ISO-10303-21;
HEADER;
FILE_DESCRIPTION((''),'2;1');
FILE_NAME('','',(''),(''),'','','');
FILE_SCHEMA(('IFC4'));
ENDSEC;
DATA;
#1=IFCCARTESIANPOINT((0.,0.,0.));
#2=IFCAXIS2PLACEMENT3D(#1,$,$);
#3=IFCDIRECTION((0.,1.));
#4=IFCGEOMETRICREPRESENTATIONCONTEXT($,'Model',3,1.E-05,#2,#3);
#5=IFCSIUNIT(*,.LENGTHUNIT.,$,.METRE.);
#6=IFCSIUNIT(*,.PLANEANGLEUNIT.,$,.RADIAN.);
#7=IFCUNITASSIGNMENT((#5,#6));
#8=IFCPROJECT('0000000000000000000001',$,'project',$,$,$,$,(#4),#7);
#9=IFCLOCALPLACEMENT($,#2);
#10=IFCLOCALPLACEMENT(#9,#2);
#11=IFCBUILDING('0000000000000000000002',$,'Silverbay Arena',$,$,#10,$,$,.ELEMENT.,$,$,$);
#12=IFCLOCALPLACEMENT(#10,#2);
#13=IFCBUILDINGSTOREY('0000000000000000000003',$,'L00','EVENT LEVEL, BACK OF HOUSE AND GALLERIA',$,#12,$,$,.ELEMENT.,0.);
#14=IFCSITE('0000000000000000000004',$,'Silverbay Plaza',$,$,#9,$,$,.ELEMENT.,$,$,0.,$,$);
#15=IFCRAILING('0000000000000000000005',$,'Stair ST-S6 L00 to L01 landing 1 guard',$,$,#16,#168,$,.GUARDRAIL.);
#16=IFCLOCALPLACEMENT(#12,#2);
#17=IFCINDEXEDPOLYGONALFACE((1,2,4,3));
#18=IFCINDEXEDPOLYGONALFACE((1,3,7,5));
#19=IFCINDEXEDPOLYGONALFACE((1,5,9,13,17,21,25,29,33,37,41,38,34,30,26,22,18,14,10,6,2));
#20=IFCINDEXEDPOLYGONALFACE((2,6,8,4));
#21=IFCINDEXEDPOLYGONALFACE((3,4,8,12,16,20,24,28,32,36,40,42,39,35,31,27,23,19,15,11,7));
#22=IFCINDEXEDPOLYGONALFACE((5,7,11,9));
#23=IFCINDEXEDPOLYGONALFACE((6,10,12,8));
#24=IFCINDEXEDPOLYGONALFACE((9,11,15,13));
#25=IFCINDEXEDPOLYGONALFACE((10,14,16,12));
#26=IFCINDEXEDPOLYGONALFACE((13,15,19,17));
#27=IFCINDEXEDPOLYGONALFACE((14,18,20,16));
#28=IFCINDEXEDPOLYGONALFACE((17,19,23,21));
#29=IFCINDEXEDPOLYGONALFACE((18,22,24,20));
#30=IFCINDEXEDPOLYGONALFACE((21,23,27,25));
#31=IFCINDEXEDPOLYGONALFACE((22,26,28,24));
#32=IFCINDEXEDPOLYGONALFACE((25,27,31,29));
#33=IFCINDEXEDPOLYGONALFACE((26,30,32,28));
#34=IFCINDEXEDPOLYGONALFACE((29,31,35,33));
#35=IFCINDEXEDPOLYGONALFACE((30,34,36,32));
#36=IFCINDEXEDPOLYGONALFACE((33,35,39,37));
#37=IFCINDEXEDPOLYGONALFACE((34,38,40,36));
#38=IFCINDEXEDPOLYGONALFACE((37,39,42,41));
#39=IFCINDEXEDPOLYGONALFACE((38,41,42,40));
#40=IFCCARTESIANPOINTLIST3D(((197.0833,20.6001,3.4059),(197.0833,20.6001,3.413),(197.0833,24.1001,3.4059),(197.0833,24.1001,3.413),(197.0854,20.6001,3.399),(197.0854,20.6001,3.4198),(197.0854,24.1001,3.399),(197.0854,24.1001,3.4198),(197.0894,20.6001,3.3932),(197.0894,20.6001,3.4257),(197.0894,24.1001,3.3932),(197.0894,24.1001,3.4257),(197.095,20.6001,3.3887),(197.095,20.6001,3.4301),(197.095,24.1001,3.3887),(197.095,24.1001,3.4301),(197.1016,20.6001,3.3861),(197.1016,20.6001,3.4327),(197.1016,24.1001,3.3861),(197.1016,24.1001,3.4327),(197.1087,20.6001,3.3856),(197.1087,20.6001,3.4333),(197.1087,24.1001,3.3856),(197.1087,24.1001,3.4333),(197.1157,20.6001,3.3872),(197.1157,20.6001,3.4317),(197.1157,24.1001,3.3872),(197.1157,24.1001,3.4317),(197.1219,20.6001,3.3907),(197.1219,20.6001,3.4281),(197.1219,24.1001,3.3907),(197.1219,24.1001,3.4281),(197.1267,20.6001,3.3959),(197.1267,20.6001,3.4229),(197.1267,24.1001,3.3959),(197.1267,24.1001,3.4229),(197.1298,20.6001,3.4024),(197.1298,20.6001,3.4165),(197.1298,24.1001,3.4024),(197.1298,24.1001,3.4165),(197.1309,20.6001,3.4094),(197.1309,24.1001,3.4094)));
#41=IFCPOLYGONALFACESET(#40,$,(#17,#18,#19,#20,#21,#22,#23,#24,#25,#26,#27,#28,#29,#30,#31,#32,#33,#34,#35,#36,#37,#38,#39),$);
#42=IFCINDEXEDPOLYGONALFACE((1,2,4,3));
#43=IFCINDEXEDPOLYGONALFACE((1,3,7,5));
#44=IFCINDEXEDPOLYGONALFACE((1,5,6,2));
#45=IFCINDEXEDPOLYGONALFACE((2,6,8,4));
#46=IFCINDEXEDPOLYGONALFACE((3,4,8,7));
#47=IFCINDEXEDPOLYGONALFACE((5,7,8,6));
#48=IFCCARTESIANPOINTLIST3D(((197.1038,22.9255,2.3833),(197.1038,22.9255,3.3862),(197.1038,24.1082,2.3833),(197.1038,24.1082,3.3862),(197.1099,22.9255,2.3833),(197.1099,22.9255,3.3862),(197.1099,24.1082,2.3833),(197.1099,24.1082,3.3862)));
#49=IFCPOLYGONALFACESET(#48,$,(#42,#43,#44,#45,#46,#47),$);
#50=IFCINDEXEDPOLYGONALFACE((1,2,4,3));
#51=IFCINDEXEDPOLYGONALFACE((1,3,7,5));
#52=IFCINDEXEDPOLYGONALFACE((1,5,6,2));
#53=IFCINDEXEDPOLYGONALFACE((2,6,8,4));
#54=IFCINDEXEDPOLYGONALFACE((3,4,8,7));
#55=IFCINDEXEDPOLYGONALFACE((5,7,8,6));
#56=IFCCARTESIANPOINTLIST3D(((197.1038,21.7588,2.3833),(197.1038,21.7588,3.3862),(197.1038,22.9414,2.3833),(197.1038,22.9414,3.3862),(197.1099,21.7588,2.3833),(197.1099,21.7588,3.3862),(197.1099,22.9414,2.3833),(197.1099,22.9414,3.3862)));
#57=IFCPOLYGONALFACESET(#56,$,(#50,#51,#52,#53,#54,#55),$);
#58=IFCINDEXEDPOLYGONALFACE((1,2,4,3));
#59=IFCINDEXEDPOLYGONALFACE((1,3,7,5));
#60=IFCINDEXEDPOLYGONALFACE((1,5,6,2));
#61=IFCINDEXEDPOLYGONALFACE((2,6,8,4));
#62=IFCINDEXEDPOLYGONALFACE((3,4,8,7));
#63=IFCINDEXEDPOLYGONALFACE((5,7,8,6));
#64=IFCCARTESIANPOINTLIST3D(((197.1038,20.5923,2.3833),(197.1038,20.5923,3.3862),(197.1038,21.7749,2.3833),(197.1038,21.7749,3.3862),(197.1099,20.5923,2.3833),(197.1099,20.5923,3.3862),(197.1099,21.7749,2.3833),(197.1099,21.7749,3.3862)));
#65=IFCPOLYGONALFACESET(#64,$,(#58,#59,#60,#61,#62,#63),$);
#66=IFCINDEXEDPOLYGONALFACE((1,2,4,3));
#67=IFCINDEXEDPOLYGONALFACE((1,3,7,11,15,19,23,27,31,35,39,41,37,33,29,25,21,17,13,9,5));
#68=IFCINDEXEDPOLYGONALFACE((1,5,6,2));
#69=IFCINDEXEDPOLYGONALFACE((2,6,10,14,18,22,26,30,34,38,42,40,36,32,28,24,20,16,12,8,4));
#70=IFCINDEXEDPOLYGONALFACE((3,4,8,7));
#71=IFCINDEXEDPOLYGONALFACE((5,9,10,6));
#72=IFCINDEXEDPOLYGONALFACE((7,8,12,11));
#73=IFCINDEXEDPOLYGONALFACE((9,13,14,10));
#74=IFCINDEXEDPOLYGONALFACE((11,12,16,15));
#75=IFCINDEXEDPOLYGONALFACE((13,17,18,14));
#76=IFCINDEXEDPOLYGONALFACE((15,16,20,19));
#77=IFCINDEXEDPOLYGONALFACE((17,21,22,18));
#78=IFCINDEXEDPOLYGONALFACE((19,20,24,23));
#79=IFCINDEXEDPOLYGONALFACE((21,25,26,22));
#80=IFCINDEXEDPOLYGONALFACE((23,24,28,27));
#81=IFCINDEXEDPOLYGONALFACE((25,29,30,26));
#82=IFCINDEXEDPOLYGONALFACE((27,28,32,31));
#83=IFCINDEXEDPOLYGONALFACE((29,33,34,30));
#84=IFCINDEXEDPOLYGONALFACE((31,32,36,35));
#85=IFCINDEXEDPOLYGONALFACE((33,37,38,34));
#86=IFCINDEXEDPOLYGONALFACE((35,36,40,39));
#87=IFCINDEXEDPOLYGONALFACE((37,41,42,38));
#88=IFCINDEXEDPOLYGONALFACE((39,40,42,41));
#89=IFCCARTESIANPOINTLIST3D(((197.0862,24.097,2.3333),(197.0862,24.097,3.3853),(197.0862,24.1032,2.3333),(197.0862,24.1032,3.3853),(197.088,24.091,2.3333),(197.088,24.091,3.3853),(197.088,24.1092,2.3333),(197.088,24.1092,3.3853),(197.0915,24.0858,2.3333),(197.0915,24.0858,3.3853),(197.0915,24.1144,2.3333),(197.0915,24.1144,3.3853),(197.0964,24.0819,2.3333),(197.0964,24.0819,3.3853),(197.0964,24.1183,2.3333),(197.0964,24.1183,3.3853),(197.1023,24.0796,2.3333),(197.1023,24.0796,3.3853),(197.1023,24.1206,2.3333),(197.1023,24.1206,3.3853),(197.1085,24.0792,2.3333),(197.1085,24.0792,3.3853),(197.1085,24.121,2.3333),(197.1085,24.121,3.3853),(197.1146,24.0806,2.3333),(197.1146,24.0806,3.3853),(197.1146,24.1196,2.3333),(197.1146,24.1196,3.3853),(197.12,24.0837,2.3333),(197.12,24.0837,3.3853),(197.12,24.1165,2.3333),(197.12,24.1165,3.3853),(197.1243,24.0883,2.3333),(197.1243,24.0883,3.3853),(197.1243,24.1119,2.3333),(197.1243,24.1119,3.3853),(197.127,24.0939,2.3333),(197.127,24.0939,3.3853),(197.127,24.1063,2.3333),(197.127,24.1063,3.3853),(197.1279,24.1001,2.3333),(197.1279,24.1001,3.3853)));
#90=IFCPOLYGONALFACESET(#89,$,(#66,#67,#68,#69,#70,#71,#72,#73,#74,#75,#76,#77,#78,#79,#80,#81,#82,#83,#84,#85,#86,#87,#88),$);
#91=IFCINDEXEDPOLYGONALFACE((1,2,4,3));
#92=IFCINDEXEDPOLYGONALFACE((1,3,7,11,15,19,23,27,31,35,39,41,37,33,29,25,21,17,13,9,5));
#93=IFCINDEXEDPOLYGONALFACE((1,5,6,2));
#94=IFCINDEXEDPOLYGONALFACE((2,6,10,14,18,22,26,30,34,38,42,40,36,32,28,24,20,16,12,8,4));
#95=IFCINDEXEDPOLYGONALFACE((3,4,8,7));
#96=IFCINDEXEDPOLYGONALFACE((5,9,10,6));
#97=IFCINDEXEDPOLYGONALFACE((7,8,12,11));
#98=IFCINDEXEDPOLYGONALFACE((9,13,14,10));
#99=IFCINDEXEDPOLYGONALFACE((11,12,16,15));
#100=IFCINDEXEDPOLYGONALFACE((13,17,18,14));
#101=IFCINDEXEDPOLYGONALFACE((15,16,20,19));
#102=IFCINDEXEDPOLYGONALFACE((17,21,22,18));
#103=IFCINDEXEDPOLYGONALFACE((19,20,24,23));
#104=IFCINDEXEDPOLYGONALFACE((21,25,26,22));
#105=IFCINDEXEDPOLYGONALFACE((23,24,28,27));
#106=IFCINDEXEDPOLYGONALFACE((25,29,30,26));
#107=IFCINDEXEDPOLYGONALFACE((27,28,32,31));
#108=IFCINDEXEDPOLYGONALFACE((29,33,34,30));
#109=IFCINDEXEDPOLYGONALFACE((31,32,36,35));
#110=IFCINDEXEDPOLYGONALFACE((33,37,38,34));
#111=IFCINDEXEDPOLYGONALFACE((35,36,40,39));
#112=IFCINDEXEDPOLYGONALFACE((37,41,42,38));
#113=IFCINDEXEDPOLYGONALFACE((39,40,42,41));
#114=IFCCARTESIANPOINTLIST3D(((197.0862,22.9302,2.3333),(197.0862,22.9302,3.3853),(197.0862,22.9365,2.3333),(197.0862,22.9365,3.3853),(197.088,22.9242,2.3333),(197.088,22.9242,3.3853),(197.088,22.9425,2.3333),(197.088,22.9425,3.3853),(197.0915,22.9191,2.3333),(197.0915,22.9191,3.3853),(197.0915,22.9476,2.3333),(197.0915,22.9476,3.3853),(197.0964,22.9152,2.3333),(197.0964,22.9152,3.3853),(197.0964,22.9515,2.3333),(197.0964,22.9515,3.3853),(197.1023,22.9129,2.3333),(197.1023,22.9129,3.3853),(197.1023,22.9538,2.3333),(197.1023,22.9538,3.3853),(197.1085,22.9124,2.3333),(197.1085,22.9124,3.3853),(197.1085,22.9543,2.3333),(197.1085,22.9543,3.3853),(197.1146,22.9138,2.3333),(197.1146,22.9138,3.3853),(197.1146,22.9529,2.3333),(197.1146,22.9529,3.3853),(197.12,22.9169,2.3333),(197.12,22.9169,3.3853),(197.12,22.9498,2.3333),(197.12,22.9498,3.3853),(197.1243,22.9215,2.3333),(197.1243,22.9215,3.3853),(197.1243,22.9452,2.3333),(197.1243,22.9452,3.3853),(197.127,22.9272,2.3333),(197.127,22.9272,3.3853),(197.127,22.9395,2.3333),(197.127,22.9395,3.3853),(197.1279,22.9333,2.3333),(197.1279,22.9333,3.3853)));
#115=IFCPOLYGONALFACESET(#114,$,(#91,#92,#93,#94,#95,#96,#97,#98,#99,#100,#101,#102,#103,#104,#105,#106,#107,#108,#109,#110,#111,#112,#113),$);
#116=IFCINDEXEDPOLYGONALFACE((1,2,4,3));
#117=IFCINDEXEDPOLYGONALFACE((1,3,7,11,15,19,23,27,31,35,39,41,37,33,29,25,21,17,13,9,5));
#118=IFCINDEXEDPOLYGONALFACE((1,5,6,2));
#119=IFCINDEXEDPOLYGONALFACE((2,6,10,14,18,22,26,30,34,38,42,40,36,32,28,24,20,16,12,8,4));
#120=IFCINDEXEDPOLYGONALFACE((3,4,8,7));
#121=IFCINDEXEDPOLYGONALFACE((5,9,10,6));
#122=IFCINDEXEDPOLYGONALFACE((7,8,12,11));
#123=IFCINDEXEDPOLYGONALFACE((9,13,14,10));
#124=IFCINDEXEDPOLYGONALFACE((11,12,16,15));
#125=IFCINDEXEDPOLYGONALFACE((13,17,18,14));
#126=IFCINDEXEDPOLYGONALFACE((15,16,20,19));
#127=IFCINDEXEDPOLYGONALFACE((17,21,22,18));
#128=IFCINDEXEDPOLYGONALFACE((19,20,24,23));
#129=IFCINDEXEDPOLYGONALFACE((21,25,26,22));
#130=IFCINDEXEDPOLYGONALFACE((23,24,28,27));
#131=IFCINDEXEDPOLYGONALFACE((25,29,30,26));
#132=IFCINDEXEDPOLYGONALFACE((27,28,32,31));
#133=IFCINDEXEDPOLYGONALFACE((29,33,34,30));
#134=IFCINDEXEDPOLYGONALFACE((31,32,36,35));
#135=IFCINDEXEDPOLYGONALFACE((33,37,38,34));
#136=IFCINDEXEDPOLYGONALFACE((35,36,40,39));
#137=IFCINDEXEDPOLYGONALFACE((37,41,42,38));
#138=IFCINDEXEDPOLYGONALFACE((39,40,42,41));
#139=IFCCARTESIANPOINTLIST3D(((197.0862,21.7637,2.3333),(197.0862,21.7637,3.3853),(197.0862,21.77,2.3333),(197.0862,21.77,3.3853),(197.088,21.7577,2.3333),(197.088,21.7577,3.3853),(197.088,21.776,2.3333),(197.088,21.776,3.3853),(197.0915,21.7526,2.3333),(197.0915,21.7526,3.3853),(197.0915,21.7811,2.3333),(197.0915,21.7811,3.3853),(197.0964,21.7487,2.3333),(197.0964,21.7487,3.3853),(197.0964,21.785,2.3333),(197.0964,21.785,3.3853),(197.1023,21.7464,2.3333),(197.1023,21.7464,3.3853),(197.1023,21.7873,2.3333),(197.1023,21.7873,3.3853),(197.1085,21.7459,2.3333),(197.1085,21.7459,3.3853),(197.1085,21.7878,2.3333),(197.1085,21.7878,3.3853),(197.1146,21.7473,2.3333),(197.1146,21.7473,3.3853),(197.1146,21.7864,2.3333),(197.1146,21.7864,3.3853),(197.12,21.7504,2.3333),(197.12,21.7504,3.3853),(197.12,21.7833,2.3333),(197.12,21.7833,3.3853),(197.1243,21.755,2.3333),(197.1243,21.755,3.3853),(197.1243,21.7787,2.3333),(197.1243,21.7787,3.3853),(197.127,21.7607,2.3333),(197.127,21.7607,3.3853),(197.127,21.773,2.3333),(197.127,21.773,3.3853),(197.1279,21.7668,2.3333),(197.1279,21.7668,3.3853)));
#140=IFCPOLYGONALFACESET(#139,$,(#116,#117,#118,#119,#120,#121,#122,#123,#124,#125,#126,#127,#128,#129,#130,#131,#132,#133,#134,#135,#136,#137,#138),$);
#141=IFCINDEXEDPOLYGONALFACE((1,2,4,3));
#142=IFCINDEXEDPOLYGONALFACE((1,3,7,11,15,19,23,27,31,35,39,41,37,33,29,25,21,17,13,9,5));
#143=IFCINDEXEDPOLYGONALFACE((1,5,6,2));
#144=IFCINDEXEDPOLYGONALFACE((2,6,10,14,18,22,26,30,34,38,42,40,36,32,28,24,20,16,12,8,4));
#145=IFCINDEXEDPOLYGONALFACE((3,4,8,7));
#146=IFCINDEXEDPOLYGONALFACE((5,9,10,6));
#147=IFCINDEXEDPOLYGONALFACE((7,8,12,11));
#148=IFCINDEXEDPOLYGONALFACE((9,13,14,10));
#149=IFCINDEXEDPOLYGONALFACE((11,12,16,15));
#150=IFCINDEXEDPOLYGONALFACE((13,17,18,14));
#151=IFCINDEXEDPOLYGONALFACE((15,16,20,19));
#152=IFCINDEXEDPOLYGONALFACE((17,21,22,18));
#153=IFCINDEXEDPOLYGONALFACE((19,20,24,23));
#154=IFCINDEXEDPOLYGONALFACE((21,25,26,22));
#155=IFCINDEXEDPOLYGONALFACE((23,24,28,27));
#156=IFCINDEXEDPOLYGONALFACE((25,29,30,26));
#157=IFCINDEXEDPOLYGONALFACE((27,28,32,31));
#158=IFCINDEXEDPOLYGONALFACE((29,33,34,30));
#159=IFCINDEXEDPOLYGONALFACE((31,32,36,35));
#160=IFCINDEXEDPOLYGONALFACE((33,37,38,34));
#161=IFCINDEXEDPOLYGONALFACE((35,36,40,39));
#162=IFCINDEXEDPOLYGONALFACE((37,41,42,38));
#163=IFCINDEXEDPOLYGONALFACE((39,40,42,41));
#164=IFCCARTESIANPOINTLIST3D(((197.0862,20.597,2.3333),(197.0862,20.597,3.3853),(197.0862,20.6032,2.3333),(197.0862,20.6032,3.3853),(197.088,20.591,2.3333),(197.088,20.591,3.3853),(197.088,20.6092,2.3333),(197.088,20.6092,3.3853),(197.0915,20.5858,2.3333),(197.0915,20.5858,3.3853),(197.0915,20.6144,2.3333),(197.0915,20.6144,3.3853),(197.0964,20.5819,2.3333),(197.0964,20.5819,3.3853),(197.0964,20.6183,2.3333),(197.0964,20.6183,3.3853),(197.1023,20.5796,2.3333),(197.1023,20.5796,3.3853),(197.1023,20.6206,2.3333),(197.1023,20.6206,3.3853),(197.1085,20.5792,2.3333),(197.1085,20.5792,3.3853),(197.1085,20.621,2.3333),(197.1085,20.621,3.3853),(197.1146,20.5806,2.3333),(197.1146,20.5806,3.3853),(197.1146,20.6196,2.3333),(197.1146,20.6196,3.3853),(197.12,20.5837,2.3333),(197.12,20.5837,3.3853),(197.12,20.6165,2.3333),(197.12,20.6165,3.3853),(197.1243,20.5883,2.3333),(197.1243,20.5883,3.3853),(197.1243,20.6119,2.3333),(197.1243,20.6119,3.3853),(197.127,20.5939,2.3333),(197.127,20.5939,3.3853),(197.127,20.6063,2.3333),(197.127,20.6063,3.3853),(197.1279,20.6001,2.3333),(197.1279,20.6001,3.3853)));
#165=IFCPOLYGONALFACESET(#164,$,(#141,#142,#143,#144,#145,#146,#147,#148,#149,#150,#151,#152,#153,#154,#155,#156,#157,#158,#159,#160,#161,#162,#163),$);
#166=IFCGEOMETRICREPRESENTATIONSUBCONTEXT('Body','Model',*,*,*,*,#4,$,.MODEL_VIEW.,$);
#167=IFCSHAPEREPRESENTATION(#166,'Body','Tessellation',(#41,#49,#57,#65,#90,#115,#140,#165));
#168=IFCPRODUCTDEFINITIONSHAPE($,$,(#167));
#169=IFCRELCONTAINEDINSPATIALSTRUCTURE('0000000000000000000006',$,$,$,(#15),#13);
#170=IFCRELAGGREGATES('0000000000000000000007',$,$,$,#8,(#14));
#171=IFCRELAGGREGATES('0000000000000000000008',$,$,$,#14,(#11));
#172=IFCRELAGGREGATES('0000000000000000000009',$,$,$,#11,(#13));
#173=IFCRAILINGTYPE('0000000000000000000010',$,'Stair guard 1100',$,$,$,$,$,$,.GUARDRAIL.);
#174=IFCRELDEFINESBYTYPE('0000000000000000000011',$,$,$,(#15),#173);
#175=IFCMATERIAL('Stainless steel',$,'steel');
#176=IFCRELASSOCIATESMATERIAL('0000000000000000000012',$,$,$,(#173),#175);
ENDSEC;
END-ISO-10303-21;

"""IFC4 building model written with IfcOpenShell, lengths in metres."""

from ifc_helpers import new_model, si_unit, direction, frame, origin, origin_2d, place, context, subcontext, project, spatial, polyline, circle, outline, extrude, material, type_object, element, save


model = new_model("IFC4")

# Units and contexts
model_context = context("Model", 3, precision=1e-05, world=origin(), true_north=direction((0.0, 1.0)))
body_context = subcontext(model_context, "Body", "Model", "MODEL_VIEW")
ifc_project = project(units=[si_unit("LENGTHUNIT", "METRE"), si_unit("PLANEANGLEUNIT", "RADIAN")], contexts=[model_context])

# Site, building, storey
site_placement = place(None, origin())
site = spatial("IfcSite", under=ifc_project, at=site_placement, Name="Silverbay Plaza", CompositionType="ELEMENT", RefElevation=0.0)
building_placement = place(site_placement, origin())
building = spatial("IfcBuilding", under=site, at=building_placement, Name="Silverbay Arena", CompositionType="ELEMENT")
storey_placement = place(building_placement, origin())
storey = spatial("IfcBuildingStorey", under=building, at=storey_placement, Name="L00", Description="EVENT LEVEL, BACK OF HOUSE AND GALLERIA", CompositionType="ELEMENT", Elevation=0.0)

# Railing
ifc_material_1 = material(Name="Stainless steel", Category="steel")
railing_type_1 = type_object("IfcRailingType", Name="Stair guard 1100", PredefinedType="GUARDRAIL", material=ifc_material_1)
for number, where, name in (
    (1, (197.1069, 24.1001, 2.3333), "Stair ST-S6 L00 to L01 landing 1 guard"),
):
    element("IfcRailing", number, at=place(storey_placement, frame(where)), inside=storey, type_object=railing_type_1, Name=name, PredefinedType="GUARDRAIL", context=body_context, shape_type="SweptSolid", body=[
        extrude(circle(Radius=0.0239, at=origin_2d()), frame((0.0, 0.0, 1.0762), z_axis=(0.0, -1.0, 0.0), x_axis=(1.0, 0.0, 0.0)), (0.0, 0.0, 1.0), 3.5),
        extrude(outline(polyline([(-0.0081, 0.05), (1.1746, 0.05), (1.1746, 1.053), (-0.0081, 1.053), (-0.0081, 0.05)])), frame((0.0029, 0.0, 0.0), z_axis=(-1.0, 0.0, 0.0), x_axis=(0.0, -1.0, 0.0)), (0.0, 0.0, 1.0), 0.0061),
        extrude(outline(polyline([(-0.0081, 0.05), (1.1746, 0.05), (1.1746, 1.053), (-0.0081, 1.053), (-0.0081, 0.05)])), frame((0.0029, -1.1667, 0.0), z_axis=(-1.0, 0.0, 0.0), x_axis=(0.0, -1.0, 0.0)), (0.0, 0.0, 1.0), 0.0061),
        extrude(outline(polyline([(-0.0081, 0.05), (1.1746, 0.05), (1.1746, 1.053), (-0.0081, 1.053), (-0.0081, 0.05)])), frame((0.0029, -2.3333, 0.0), z_axis=(-1.0, 0.0, 0.0), x_axis=(0.0, -1.0, 0.0)), (0.0, 0.0, 1.0), 0.0061),
        extrude(circle(Radius=0.021, at=origin_2d()), origin(), (0.0, 0.0, 1.0), 1.052),
        extrude(circle(Radius=0.021, at=origin_2d()), frame((0.0, -1.1667, 0.0)), (0.0, 0.0, 1.0), 1.052),
        extrude(circle(Radius=0.021, at=origin_2d()), frame((0.0, -2.3333, 0.0)), (0.0, 0.0, 1.0), 1.052),
        extrude(circle(Radius=0.021, at=origin_2d()), frame((0.0, -3.5, 0.0)), (0.0, 0.0, 1.0), 1.052),
    ])

save(model, "model.ifc")
